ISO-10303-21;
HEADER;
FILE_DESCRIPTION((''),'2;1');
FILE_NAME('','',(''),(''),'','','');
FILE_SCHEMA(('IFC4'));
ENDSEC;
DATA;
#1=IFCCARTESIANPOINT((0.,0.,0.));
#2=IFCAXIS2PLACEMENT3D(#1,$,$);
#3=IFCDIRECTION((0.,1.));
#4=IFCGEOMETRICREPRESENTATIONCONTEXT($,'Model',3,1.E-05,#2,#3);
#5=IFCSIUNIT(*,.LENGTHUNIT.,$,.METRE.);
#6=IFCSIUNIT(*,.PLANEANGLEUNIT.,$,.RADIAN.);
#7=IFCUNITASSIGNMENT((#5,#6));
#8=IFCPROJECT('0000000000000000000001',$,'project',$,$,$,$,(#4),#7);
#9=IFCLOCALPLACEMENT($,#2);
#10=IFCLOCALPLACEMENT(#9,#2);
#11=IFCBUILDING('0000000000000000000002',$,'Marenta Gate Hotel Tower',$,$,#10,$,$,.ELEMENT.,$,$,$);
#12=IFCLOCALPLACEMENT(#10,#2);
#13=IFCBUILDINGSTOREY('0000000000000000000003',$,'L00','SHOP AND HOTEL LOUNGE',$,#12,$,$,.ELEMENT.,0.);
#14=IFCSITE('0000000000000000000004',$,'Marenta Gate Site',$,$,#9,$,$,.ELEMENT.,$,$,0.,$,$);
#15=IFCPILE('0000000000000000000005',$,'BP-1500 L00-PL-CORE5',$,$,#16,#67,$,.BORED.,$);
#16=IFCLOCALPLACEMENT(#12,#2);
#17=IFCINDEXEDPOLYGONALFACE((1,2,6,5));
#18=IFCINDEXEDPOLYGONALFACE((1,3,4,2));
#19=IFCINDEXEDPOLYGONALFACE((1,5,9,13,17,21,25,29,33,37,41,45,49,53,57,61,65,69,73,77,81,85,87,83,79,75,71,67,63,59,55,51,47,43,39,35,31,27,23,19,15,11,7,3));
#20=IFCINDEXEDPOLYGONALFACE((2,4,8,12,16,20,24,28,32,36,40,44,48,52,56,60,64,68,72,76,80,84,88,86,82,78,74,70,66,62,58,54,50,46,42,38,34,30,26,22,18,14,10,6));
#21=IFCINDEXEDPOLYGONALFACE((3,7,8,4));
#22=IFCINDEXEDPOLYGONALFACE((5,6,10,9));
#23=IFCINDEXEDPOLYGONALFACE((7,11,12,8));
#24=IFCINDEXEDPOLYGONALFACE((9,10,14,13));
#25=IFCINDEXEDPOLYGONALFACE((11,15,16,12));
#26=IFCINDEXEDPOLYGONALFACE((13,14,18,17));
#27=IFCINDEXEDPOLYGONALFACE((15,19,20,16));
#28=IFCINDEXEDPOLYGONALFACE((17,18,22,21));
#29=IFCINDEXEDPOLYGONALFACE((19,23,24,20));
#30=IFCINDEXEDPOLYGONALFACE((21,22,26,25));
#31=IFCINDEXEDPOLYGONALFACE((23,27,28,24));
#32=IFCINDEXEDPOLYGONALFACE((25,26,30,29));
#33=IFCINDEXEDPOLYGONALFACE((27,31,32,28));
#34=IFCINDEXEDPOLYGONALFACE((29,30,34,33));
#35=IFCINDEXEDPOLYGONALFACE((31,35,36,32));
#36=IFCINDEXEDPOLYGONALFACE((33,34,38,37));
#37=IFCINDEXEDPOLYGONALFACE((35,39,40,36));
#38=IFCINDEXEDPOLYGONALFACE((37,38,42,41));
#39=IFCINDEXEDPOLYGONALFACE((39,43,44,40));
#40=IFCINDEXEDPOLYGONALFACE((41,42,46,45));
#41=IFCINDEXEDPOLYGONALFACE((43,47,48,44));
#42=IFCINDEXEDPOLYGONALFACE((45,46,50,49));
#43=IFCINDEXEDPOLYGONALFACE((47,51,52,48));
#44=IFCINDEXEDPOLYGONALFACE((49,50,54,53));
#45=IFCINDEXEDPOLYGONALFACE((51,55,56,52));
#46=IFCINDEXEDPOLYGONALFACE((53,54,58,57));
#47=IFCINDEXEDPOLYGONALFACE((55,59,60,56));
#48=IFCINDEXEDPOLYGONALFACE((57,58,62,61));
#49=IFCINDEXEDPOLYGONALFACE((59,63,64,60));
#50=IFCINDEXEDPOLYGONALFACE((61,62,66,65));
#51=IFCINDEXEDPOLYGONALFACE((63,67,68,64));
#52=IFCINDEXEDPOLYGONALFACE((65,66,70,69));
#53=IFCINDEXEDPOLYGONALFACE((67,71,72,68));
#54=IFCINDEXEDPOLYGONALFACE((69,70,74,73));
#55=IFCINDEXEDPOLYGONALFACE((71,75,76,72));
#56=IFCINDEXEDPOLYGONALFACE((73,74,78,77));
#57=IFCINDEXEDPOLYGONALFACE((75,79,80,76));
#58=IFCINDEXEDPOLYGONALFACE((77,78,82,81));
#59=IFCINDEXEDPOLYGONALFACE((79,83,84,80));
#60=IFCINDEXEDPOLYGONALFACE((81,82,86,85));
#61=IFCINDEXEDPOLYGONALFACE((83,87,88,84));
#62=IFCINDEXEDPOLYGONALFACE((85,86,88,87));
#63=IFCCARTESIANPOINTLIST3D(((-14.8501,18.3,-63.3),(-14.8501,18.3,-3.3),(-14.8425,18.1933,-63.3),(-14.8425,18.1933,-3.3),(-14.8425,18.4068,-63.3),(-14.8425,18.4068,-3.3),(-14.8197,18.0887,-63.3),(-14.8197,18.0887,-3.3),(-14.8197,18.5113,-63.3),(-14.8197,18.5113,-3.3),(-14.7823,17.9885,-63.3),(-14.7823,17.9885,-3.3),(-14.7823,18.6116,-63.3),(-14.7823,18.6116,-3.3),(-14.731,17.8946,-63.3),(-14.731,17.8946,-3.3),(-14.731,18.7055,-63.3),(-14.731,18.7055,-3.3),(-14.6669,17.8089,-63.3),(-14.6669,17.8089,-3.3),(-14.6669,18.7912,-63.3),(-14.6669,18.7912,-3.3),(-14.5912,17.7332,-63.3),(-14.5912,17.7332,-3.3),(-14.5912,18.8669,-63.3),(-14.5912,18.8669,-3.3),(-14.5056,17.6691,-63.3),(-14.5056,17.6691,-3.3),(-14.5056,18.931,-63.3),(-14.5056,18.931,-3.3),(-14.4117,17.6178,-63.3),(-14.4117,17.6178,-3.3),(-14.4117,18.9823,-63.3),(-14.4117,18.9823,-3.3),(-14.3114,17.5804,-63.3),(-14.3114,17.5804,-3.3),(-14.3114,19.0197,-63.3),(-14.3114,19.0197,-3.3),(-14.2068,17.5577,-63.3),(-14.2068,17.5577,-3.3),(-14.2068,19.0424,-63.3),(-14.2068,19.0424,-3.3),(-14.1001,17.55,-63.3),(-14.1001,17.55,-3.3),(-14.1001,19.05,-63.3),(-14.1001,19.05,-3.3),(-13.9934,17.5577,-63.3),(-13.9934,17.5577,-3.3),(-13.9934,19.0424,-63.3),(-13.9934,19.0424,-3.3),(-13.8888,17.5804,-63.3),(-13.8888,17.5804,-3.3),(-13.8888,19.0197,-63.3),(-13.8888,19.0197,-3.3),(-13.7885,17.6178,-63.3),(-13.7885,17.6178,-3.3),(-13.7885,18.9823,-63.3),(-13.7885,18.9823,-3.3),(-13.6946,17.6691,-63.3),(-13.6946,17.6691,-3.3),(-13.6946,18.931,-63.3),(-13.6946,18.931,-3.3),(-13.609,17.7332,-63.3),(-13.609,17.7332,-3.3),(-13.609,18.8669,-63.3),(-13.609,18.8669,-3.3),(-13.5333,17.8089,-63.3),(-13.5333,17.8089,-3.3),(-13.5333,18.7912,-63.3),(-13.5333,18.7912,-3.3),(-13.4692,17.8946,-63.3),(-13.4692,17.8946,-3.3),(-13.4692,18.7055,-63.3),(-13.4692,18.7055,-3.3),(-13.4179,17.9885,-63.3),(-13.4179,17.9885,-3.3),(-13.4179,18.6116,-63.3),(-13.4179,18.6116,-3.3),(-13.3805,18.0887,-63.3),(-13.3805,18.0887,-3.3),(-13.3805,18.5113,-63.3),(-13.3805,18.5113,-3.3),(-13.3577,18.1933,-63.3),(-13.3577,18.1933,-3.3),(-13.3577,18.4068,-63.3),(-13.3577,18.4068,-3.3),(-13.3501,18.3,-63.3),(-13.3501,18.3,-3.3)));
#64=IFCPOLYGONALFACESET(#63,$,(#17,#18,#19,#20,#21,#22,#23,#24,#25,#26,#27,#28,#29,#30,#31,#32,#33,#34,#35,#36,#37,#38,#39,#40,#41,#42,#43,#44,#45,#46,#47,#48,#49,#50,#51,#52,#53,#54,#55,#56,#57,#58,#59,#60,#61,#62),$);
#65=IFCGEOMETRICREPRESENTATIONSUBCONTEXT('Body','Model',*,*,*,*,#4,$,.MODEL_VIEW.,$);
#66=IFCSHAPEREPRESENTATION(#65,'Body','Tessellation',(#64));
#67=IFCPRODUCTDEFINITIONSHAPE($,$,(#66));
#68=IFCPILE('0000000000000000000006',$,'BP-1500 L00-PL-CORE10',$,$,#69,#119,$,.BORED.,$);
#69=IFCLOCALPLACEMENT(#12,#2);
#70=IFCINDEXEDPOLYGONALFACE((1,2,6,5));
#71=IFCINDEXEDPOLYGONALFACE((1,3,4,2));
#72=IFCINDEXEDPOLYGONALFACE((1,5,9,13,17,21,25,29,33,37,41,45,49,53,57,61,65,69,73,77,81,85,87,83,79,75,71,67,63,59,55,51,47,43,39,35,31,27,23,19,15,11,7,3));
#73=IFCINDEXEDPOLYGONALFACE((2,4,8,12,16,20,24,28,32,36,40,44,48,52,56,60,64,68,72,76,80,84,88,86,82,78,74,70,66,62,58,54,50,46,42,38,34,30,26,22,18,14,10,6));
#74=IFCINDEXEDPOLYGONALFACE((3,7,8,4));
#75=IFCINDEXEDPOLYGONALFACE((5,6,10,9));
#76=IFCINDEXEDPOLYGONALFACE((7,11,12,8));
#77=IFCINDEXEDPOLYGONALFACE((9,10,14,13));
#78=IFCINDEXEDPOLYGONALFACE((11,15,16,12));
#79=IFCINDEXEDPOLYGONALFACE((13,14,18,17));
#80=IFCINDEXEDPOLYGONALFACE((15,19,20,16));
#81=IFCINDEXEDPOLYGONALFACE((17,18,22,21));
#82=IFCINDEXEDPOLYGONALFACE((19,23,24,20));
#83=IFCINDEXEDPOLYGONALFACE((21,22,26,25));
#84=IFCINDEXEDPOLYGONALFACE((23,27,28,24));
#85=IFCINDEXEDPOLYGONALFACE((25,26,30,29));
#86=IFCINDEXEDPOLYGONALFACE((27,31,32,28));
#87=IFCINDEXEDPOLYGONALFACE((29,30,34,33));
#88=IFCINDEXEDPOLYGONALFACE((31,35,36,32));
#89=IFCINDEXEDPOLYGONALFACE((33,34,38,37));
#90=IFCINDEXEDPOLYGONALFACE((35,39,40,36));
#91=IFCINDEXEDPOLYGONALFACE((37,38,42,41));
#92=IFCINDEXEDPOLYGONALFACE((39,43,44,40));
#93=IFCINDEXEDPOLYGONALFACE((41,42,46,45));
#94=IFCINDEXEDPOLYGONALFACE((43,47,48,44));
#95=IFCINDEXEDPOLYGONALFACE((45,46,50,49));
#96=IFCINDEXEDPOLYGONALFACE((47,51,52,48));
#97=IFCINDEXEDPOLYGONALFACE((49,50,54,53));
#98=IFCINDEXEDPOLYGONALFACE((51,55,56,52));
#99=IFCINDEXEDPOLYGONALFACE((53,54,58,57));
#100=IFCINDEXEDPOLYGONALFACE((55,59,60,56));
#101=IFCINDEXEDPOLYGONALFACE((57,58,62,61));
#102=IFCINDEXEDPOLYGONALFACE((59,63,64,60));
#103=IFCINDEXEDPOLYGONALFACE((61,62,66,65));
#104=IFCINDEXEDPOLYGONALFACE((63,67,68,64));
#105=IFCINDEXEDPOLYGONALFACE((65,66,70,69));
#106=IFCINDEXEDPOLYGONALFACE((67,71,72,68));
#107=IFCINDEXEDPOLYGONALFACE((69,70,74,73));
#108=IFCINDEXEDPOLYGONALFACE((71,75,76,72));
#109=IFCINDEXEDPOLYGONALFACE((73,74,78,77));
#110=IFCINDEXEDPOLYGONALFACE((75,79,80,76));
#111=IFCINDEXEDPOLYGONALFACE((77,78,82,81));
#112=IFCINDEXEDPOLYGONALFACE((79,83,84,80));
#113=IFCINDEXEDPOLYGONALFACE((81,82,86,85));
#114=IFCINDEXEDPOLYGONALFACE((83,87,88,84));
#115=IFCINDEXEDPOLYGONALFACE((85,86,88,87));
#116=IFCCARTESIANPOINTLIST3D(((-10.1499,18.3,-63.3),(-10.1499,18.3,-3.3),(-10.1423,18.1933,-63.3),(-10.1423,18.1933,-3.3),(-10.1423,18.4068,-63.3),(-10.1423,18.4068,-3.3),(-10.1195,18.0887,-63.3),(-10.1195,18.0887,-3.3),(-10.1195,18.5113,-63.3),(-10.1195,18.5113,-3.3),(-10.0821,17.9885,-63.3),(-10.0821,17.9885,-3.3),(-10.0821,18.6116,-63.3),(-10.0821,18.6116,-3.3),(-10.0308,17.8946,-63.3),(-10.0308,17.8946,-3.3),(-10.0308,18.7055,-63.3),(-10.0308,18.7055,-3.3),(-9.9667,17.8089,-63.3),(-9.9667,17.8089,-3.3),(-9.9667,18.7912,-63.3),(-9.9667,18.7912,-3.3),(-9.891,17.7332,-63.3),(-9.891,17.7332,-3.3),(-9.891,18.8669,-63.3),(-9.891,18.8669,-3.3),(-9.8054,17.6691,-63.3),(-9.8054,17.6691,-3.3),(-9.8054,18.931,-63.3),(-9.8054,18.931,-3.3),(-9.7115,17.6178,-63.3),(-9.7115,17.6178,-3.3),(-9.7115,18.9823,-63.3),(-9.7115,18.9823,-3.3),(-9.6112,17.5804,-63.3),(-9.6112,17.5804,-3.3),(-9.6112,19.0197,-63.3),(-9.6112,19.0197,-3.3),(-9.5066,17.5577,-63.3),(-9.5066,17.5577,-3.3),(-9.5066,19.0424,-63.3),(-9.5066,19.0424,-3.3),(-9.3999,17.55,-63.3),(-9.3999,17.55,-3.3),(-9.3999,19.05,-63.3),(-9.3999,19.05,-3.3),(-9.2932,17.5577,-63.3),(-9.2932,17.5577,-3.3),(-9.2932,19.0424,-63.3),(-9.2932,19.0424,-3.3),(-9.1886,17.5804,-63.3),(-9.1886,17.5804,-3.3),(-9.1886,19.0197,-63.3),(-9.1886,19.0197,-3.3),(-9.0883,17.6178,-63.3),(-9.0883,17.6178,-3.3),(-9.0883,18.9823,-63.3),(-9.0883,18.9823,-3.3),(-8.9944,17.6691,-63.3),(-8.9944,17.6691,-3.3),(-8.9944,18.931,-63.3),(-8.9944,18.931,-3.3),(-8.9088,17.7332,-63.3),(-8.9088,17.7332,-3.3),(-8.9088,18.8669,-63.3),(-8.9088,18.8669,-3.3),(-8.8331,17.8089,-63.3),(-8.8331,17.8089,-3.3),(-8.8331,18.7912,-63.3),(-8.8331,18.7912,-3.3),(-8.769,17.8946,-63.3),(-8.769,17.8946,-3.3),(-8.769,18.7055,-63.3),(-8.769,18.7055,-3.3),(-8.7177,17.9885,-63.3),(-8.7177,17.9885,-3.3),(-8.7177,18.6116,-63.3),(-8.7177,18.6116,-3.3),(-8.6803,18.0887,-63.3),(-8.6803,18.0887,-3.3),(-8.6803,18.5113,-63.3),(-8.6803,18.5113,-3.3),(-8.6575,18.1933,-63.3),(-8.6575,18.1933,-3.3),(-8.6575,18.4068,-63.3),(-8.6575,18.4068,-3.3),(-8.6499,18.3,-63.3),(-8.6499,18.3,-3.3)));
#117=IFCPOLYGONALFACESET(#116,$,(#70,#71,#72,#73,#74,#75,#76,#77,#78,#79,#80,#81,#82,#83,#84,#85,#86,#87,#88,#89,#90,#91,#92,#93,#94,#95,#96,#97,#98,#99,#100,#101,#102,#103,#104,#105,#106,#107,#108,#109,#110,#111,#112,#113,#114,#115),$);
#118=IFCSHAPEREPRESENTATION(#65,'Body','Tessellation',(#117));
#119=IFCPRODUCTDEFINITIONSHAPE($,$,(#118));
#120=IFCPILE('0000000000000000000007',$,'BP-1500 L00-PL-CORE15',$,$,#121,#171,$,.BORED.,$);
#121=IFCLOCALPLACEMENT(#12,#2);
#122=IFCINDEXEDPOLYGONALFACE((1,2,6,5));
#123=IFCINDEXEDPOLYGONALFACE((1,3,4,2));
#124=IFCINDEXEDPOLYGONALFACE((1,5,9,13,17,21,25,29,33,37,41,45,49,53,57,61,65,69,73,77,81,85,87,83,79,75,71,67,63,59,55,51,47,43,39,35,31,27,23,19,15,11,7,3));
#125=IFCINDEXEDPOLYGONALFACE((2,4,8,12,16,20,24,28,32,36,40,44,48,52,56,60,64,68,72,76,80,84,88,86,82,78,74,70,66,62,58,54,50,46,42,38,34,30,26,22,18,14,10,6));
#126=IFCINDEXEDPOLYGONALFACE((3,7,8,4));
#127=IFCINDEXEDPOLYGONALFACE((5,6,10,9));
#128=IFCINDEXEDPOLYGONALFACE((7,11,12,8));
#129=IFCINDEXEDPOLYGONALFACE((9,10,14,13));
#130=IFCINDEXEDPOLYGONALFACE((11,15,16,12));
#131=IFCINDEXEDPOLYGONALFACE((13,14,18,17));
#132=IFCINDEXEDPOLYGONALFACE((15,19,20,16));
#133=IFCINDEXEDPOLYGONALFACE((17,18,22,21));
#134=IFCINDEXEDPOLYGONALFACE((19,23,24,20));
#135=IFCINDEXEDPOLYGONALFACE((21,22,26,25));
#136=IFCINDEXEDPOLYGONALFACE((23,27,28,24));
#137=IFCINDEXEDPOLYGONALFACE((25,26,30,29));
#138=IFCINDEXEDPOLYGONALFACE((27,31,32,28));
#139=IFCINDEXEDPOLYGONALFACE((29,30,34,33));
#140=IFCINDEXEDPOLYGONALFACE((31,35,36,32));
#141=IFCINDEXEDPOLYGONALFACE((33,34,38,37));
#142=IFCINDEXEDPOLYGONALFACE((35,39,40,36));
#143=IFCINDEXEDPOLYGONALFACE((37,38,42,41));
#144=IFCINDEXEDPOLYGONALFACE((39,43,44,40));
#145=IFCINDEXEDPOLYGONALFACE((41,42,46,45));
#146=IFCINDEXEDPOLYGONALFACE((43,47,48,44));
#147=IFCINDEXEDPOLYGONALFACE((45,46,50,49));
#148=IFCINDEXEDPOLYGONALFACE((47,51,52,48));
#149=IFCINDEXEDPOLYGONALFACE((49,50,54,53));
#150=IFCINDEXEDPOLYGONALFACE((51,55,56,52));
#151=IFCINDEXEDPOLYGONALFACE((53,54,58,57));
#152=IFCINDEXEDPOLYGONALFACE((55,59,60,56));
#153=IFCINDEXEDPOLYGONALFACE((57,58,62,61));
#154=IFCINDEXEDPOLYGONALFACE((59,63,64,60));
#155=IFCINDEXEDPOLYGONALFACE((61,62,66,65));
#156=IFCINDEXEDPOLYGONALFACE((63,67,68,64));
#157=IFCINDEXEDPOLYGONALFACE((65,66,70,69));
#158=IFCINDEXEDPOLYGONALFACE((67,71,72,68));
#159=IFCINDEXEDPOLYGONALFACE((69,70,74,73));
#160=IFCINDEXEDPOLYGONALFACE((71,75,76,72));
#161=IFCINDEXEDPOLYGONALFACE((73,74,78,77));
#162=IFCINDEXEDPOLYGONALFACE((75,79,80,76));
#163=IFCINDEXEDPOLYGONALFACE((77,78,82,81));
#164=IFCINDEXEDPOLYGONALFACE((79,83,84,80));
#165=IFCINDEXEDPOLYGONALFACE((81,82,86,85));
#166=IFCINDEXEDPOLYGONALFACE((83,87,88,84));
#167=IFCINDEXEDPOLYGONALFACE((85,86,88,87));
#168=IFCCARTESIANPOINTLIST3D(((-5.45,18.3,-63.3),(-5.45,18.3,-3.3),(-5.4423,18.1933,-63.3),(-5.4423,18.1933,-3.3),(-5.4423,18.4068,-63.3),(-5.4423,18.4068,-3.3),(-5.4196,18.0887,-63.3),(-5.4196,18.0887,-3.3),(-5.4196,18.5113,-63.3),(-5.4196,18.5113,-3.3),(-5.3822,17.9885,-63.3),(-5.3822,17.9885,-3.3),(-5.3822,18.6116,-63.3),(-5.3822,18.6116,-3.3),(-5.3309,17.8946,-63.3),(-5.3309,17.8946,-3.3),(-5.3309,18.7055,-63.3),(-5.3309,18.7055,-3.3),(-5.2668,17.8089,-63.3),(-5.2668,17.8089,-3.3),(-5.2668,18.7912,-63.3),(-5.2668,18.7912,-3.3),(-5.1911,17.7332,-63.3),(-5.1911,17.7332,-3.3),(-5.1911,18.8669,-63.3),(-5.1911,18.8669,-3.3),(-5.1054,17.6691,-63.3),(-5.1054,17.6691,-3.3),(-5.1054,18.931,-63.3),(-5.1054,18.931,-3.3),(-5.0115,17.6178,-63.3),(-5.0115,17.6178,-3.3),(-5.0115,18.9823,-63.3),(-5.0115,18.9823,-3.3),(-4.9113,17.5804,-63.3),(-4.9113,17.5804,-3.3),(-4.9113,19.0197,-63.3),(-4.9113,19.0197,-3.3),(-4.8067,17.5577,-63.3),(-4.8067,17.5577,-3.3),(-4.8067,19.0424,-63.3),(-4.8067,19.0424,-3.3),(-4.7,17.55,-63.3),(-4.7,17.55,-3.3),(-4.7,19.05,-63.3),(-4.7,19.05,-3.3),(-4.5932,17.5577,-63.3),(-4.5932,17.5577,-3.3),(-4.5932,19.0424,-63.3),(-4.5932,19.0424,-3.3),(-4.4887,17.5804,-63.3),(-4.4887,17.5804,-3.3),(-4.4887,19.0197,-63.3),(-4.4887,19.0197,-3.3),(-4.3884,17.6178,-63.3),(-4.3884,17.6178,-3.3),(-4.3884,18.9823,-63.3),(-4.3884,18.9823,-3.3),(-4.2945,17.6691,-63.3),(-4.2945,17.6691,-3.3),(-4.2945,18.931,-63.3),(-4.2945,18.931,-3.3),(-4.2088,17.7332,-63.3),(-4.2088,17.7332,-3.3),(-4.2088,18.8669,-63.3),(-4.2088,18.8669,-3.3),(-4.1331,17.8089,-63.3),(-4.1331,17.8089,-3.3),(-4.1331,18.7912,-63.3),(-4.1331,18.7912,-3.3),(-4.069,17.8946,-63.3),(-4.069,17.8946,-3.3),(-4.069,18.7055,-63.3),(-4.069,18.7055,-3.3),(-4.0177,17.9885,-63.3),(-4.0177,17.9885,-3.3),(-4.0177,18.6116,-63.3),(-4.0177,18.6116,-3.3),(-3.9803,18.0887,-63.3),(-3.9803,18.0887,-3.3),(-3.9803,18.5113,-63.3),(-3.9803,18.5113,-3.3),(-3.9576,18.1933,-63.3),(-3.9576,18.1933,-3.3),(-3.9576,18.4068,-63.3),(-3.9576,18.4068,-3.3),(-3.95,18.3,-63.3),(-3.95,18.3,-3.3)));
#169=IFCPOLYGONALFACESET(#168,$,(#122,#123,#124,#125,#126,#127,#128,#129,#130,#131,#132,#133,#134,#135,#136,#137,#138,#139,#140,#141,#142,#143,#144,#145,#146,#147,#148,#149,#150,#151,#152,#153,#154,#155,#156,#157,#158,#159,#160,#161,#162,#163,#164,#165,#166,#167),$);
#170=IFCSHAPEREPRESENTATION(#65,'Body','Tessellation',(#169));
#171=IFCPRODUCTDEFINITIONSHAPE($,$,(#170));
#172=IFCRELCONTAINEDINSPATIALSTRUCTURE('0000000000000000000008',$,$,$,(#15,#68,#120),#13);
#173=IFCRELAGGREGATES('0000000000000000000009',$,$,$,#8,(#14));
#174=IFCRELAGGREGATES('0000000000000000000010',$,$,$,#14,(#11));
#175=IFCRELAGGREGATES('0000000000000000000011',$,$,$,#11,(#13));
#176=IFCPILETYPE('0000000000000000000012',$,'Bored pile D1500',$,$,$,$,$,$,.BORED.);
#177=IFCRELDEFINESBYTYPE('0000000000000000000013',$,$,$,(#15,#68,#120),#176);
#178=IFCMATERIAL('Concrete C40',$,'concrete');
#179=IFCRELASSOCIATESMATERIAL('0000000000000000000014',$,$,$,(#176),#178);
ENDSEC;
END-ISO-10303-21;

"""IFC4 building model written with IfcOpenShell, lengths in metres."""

from ifc_helpers import new_model, si_unit, direction, frame, origin, origin_2d, place, context, subcontext, project, spatial, circle, extrude, material, type_object, element, save


model = new_model("IFC4")

# Units and contexts
model_context = context("Model", 3, precision=1e-05, world=origin(), true_north=direction((0.0, 1.0)))
body_context = subcontext(model_context, "Body", "Model", "MODEL_VIEW")
ifc_project = project(units=[si_unit("LENGTHUNIT", "METRE"), si_unit("PLANEANGLEUNIT", "RADIAN")], contexts=[model_context])

# Site, building, storey
site_placement = place(None, origin())
site = spatial("IfcSite", under=ifc_project, at=site_placement, Name="Marenta Gate Site", CompositionType="ELEMENT", RefElevation=0.0)
building_placement = place(site_placement, origin())
building = spatial("IfcBuilding", under=site, at=building_placement, Name="Marenta Gate Hotel Tower", CompositionType="ELEMENT")
storey_placement = place(building_placement, origin())
storey = spatial("IfcBuildingStorey", under=building, at=storey_placement, Name="L00", Description="SHOP AND HOTEL LOUNGE", CompositionType="ELEMENT", Elevation=0.0)

# Piles
ifc_material_1 = material(Name="Concrete C40", Category="concrete")
pile_type = type_object("IfcPileType", Name="Bored pile D1500", PredefinedType="BORED", material=ifc_material_1)
for number, where, z_axis, x_axis, name in (
    (1, (-14.1001, 18.3, -3.3), (0.0, 0.0, -1.0), (1.0, 0.0, 0.0), "BP-1500 L00-PL-CORE5"),
    (2, (-9.3999, 18.3, -3.3), (0.0, 0.0, -1.0), (1.0, 0.0, 0.0), "BP-1500 L00-PL-CORE10"),
    (3, (-4.7, 18.3, -3.3), (0.0, 0.0, -1.0), (1.0, 0.0, 0.0), "BP-1500 L00-PL-CORE15"),
):
    element("IfcPile", number, at=place(storey_placement, frame(where, z_axis=z_axis, x_axis=x_axis)), inside=storey, type_object=pile_type, Name=name, PredefinedType="BORED", context=body_context, shape_type="SweptSolid", body=[
        extrude(circle(Radius=0.75, at=origin_2d()), origin(), (0.0, 0.0, 1.0), 60.0),
    ])

save(model, "model.ifc")
